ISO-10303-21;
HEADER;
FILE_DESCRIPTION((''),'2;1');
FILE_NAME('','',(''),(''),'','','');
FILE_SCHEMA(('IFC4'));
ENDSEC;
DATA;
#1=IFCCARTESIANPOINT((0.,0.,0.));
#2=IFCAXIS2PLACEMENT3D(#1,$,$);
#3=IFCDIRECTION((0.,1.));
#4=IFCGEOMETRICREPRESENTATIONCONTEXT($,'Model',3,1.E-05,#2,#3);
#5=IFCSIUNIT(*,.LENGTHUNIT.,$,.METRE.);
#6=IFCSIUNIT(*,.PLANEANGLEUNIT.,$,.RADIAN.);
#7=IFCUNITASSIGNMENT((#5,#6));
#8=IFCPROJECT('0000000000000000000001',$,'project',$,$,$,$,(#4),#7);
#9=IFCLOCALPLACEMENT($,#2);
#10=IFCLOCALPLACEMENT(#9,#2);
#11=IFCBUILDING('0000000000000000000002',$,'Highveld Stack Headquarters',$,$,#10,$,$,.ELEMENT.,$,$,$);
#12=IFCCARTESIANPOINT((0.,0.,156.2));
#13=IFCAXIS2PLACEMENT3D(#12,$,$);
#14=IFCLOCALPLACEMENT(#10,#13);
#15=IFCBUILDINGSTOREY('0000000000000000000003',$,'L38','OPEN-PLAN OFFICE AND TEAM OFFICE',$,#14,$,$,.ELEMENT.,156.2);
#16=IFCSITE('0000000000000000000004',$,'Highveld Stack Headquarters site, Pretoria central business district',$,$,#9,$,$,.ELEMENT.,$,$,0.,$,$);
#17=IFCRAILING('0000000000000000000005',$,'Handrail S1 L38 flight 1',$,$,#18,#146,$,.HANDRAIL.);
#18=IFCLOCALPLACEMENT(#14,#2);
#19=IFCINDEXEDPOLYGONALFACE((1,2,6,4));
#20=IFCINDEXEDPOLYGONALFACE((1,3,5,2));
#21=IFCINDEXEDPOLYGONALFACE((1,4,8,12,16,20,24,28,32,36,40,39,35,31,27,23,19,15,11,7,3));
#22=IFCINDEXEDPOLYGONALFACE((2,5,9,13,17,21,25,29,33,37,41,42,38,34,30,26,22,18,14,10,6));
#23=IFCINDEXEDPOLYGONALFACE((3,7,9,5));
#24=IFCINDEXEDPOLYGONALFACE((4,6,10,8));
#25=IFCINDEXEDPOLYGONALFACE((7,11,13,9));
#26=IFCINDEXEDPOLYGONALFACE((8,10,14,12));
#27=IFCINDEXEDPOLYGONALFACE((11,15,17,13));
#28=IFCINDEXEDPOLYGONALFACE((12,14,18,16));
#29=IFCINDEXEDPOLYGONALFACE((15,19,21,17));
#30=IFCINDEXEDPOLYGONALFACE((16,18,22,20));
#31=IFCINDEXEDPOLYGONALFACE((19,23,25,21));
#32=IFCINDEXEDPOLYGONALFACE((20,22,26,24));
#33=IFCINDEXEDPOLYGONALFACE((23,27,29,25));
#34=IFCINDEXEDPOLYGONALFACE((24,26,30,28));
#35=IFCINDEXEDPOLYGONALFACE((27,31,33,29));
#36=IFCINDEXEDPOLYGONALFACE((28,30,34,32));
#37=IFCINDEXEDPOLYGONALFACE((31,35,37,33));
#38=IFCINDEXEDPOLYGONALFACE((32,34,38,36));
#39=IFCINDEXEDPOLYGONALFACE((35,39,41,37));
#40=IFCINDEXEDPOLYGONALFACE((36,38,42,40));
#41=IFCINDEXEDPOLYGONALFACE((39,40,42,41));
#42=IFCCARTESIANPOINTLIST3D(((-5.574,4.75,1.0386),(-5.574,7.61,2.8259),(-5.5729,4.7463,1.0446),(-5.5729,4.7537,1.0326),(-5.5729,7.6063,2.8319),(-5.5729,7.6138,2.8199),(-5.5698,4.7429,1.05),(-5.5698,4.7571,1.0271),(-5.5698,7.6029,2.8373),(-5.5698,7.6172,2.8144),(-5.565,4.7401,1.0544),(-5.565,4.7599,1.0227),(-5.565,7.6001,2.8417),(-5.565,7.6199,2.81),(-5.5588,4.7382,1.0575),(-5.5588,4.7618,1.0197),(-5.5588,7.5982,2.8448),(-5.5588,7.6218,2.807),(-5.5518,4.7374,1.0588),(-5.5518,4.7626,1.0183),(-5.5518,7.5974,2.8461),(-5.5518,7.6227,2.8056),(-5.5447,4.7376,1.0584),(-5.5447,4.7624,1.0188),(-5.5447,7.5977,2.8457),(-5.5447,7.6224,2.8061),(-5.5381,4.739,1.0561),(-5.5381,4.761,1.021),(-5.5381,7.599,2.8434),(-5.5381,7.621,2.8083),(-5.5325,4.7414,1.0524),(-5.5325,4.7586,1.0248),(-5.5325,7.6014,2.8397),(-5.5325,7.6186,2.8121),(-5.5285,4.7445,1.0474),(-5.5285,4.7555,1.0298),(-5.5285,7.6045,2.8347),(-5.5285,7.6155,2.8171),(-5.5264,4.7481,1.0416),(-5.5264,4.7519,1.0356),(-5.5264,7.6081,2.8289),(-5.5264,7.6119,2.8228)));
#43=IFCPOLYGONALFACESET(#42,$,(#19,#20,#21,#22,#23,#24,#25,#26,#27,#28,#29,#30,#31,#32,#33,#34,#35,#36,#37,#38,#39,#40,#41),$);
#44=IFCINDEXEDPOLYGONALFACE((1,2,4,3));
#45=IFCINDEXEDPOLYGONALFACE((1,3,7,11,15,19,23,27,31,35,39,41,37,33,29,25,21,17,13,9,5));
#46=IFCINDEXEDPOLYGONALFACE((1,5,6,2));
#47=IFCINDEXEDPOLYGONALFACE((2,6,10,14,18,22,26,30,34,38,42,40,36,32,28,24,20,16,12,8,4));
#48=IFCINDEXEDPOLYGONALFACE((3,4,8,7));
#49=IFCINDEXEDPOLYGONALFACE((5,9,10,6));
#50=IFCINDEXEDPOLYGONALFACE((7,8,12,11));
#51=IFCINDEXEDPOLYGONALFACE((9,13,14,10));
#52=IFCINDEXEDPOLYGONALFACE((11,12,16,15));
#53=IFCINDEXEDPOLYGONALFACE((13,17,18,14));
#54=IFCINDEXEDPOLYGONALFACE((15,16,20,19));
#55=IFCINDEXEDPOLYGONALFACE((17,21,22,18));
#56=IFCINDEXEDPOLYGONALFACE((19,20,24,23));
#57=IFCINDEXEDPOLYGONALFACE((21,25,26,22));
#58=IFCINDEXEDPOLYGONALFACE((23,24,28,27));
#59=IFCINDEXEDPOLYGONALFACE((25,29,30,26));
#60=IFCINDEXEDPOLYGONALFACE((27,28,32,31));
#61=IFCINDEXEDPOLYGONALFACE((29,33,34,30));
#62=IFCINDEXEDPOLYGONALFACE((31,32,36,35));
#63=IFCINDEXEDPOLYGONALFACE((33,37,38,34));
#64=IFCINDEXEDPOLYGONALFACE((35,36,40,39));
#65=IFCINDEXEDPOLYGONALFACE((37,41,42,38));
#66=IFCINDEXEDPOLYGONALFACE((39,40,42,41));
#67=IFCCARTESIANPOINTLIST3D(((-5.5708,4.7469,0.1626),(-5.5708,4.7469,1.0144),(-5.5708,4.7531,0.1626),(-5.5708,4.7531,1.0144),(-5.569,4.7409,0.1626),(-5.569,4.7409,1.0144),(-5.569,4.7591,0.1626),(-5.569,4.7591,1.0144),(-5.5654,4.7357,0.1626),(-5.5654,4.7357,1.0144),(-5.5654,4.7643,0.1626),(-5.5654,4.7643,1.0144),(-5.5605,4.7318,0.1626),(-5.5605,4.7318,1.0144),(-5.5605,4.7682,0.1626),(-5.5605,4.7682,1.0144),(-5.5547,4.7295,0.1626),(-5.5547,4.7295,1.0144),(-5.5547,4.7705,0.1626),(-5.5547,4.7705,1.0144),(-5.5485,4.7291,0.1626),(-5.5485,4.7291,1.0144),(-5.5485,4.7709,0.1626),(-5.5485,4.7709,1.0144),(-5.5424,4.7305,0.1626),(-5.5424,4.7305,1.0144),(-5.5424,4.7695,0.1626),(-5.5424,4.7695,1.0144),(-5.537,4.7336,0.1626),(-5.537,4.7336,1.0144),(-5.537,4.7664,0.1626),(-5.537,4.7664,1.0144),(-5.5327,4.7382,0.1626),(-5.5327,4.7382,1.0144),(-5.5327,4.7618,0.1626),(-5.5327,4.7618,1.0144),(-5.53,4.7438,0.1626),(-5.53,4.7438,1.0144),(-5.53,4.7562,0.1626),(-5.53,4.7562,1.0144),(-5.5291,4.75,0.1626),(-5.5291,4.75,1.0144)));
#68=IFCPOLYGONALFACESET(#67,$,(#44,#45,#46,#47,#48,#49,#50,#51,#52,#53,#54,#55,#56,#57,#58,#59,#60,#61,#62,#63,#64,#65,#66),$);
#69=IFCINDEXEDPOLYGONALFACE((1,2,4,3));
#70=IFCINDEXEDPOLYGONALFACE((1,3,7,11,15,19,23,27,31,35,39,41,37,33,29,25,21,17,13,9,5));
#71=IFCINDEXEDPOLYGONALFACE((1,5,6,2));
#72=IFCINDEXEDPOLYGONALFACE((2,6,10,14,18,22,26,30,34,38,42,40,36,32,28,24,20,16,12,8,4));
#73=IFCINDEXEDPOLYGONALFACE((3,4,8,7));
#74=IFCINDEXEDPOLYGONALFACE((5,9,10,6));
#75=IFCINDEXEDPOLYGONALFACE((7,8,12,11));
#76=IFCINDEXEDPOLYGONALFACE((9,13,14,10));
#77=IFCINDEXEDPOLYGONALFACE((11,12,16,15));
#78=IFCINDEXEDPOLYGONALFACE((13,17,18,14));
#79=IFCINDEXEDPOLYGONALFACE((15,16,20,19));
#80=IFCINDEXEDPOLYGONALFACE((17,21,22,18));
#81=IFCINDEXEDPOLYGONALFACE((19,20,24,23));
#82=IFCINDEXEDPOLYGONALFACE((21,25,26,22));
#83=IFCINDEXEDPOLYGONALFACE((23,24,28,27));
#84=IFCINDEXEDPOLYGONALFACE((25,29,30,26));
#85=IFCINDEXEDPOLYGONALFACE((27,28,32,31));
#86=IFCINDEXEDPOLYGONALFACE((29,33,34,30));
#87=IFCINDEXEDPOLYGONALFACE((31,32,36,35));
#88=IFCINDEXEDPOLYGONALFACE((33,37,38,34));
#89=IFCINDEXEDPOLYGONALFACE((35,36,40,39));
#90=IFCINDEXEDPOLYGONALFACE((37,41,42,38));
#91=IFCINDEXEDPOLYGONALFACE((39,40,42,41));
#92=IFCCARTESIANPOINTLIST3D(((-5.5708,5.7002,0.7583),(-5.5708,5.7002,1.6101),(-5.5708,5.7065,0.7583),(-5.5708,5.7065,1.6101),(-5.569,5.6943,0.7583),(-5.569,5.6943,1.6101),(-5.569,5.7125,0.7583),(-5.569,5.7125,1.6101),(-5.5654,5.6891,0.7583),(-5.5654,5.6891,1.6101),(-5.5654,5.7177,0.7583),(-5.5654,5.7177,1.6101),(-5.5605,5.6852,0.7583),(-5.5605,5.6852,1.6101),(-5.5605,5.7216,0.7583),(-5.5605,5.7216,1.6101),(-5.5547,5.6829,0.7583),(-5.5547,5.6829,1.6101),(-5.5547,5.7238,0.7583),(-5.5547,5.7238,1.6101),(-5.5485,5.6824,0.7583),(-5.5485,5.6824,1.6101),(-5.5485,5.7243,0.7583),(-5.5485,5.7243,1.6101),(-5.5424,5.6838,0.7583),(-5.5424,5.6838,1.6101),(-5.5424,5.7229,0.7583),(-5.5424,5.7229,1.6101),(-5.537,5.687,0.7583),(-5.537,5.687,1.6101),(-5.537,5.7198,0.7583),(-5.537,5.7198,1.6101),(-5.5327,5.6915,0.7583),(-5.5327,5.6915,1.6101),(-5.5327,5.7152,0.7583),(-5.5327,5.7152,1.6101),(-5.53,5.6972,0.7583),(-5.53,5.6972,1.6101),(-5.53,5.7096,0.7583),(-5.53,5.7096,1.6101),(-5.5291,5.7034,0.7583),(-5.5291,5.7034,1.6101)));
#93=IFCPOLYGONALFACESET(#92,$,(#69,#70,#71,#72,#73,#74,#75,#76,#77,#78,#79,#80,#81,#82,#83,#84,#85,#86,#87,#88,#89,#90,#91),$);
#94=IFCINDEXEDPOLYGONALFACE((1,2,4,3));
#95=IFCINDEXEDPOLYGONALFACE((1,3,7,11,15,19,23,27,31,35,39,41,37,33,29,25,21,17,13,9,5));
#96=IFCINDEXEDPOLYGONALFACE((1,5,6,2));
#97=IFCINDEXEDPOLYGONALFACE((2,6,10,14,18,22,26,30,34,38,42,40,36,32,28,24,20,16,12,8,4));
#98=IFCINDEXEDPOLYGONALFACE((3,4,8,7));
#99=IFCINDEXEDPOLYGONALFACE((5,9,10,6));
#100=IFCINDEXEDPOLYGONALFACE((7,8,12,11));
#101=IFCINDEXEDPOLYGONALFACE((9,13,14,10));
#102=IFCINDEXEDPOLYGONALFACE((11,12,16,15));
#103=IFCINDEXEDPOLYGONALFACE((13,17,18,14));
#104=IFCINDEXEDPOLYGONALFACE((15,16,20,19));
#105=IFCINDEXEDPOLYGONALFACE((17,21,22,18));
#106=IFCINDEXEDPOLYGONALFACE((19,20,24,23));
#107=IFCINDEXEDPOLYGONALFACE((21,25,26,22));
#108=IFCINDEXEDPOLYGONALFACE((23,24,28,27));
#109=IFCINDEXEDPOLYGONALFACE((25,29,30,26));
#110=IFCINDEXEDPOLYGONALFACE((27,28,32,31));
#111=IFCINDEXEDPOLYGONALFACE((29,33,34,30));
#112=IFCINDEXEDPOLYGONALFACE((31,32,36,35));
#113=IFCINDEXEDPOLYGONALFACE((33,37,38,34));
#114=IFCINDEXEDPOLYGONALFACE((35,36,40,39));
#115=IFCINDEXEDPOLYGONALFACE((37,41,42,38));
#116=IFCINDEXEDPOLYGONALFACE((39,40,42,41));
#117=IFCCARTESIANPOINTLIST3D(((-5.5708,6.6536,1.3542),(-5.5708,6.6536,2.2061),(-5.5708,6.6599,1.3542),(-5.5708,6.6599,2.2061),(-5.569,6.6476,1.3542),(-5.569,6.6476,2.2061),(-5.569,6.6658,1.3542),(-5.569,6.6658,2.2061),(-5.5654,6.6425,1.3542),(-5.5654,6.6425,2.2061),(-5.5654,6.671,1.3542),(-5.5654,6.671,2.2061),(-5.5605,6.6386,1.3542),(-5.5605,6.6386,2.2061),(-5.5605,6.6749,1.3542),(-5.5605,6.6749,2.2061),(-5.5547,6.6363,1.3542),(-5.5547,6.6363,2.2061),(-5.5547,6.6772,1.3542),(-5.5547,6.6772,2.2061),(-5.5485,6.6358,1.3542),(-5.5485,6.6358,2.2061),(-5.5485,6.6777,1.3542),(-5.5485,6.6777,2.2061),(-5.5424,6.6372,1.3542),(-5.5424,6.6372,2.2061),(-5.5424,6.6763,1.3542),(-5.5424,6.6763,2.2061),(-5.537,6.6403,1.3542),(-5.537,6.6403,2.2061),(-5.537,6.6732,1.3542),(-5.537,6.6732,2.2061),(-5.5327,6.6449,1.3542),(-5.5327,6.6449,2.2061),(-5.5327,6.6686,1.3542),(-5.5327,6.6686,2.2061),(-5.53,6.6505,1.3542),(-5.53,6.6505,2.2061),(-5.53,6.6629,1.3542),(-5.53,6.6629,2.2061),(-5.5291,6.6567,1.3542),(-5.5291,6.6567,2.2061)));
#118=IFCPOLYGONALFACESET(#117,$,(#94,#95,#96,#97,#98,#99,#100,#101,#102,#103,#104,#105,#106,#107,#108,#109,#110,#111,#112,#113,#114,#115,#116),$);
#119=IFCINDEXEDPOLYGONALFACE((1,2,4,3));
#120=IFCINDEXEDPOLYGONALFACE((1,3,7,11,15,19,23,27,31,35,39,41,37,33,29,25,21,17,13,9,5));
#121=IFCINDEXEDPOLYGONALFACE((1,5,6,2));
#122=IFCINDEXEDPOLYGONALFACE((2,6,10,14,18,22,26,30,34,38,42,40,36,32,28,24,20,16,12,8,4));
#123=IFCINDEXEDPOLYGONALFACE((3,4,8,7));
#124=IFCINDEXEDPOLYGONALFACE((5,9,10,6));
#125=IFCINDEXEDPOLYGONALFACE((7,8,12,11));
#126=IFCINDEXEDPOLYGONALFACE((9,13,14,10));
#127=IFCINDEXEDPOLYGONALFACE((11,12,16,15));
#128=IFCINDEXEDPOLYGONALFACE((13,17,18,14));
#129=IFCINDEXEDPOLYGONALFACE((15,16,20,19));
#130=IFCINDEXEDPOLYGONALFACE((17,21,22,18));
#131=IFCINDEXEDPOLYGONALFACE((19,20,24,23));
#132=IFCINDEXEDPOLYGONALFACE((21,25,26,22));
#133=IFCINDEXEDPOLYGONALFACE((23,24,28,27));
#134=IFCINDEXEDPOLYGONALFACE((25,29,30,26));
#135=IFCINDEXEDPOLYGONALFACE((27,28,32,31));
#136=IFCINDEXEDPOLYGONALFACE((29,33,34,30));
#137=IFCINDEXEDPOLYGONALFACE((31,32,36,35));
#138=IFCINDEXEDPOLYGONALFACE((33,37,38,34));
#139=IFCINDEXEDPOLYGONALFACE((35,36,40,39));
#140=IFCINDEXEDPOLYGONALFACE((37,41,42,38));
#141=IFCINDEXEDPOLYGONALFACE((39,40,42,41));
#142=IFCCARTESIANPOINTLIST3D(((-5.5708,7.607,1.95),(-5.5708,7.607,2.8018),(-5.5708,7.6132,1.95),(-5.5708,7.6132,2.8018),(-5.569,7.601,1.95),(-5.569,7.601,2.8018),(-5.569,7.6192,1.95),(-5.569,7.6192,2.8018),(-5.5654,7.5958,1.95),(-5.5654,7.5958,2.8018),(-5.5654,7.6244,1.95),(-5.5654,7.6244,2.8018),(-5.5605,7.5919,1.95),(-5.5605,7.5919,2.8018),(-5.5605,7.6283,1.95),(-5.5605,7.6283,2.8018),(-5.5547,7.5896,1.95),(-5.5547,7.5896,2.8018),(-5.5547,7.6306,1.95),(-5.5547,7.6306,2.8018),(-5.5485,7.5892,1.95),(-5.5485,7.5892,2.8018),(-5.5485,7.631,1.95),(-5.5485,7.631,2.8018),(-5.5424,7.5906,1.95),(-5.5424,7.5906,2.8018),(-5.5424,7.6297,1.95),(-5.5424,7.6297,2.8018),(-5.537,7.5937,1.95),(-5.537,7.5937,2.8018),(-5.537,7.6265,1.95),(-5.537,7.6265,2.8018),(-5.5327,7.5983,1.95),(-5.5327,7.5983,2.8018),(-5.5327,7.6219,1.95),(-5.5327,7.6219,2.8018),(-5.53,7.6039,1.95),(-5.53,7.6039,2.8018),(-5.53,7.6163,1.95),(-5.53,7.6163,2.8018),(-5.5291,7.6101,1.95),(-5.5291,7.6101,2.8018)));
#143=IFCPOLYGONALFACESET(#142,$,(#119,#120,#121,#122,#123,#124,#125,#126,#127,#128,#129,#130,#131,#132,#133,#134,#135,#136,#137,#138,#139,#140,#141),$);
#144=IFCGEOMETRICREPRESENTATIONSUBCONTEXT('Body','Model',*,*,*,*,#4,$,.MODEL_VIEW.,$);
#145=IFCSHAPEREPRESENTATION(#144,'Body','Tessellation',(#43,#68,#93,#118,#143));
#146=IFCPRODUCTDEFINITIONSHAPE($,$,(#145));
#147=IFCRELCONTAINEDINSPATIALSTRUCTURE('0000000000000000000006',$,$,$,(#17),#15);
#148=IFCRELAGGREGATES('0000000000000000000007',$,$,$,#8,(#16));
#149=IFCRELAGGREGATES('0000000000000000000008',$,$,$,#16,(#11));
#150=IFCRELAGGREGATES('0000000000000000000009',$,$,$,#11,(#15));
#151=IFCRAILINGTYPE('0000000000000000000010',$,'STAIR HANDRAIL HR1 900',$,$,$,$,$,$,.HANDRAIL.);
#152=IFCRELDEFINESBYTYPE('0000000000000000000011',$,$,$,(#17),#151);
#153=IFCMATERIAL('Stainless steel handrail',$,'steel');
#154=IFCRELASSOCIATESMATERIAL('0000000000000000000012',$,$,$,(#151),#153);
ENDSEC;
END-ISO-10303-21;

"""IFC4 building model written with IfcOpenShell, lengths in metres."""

from ifc_helpers import new_model, si_unit, direction, frame, origin, origin_2d, place, context, subcontext, project, spatial, circle, extrude, material, type_object, element, save


model = new_model("IFC4")

# Units and contexts
model_context = context("Model", 3, precision=1e-05, world=origin(), true_north=direction((0.0, 1.0)))
body_context = subcontext(model_context, "Body", "Model", "MODEL_VIEW")
ifc_project = project(units=[si_unit("LENGTHUNIT", "METRE"), si_unit("PLANEANGLEUNIT", "RADIAN")], contexts=[model_context])

# Site, building, storey
site_placement = place(None, origin())
site = spatial("IfcSite", under=ifc_project, at=site_placement, Name="Highveld Stack Headquarters site, Pretoria central business district", CompositionType="ELEMENT", RefElevation=0.0)
building_placement = place(site_placement, origin())
building = spatial("IfcBuilding", under=site, at=building_placement, Name="Highveld Stack Headquarters", CompositionType="ELEMENT")
storey_placement = place(building_placement, frame((0.0, 0.0, 156.2)))
storey = spatial("IfcBuildingStorey", under=building, at=storey_placement, Name="L38", Description="OPEN-PLAN OFFICE AND TEAM OFFICE", CompositionType="ELEMENT", Elevation=156.2)

# Railing
ifc_material_1 = material(Name="Stainless steel handrail", Category="steel")
railing_type = type_object("IfcRailingType", Name="STAIR HANDRAIL HR1 900", PredefinedType="HANDRAIL", material=ifc_material_1)
for number, where, name in (
    (1, (-5.55, 4.75, 0.1626), "Handrail S1 L38 flight 1"),
):
    element("IfcRailing", number, at=place(storey_placement, frame(where)), inside=storey, type_object=railing_type, Name=name, PredefinedType="HANDRAIL", context=body_context, shape_type="SweptSolid", body=[
        extrude(circle(Radius=0.0239, at=origin_2d()), frame((0.0, 0.0, 0.876), z_axis=(0.0, 0.848027, 0.529953), x_axis=(-1.0, 0.0, 0.0)), (0.0, 0.0, 1.0), 3.3726),
        extrude(circle(Radius=0.021, at=origin_2d()), origin(), (0.0, 0.0, 1.0), 0.8518),
        extrude(circle(Radius=0.021, at=origin_2d()), frame((0.0, 0.9534, 0.5957)), (0.0, 0.0, 1.0), 0.8518),
        extrude(circle(Radius=0.021, at=origin_2d()), frame((0.0, 1.9067, 1.1917)), (0.0, 0.0, 1.0), 0.8518),
        extrude(circle(Radius=0.021, at=origin_2d()), frame((0.0, 2.8601, 1.7874)), (0.0, 0.0, 1.0), 0.8518),
    ])

save(model, "model.ifc")
